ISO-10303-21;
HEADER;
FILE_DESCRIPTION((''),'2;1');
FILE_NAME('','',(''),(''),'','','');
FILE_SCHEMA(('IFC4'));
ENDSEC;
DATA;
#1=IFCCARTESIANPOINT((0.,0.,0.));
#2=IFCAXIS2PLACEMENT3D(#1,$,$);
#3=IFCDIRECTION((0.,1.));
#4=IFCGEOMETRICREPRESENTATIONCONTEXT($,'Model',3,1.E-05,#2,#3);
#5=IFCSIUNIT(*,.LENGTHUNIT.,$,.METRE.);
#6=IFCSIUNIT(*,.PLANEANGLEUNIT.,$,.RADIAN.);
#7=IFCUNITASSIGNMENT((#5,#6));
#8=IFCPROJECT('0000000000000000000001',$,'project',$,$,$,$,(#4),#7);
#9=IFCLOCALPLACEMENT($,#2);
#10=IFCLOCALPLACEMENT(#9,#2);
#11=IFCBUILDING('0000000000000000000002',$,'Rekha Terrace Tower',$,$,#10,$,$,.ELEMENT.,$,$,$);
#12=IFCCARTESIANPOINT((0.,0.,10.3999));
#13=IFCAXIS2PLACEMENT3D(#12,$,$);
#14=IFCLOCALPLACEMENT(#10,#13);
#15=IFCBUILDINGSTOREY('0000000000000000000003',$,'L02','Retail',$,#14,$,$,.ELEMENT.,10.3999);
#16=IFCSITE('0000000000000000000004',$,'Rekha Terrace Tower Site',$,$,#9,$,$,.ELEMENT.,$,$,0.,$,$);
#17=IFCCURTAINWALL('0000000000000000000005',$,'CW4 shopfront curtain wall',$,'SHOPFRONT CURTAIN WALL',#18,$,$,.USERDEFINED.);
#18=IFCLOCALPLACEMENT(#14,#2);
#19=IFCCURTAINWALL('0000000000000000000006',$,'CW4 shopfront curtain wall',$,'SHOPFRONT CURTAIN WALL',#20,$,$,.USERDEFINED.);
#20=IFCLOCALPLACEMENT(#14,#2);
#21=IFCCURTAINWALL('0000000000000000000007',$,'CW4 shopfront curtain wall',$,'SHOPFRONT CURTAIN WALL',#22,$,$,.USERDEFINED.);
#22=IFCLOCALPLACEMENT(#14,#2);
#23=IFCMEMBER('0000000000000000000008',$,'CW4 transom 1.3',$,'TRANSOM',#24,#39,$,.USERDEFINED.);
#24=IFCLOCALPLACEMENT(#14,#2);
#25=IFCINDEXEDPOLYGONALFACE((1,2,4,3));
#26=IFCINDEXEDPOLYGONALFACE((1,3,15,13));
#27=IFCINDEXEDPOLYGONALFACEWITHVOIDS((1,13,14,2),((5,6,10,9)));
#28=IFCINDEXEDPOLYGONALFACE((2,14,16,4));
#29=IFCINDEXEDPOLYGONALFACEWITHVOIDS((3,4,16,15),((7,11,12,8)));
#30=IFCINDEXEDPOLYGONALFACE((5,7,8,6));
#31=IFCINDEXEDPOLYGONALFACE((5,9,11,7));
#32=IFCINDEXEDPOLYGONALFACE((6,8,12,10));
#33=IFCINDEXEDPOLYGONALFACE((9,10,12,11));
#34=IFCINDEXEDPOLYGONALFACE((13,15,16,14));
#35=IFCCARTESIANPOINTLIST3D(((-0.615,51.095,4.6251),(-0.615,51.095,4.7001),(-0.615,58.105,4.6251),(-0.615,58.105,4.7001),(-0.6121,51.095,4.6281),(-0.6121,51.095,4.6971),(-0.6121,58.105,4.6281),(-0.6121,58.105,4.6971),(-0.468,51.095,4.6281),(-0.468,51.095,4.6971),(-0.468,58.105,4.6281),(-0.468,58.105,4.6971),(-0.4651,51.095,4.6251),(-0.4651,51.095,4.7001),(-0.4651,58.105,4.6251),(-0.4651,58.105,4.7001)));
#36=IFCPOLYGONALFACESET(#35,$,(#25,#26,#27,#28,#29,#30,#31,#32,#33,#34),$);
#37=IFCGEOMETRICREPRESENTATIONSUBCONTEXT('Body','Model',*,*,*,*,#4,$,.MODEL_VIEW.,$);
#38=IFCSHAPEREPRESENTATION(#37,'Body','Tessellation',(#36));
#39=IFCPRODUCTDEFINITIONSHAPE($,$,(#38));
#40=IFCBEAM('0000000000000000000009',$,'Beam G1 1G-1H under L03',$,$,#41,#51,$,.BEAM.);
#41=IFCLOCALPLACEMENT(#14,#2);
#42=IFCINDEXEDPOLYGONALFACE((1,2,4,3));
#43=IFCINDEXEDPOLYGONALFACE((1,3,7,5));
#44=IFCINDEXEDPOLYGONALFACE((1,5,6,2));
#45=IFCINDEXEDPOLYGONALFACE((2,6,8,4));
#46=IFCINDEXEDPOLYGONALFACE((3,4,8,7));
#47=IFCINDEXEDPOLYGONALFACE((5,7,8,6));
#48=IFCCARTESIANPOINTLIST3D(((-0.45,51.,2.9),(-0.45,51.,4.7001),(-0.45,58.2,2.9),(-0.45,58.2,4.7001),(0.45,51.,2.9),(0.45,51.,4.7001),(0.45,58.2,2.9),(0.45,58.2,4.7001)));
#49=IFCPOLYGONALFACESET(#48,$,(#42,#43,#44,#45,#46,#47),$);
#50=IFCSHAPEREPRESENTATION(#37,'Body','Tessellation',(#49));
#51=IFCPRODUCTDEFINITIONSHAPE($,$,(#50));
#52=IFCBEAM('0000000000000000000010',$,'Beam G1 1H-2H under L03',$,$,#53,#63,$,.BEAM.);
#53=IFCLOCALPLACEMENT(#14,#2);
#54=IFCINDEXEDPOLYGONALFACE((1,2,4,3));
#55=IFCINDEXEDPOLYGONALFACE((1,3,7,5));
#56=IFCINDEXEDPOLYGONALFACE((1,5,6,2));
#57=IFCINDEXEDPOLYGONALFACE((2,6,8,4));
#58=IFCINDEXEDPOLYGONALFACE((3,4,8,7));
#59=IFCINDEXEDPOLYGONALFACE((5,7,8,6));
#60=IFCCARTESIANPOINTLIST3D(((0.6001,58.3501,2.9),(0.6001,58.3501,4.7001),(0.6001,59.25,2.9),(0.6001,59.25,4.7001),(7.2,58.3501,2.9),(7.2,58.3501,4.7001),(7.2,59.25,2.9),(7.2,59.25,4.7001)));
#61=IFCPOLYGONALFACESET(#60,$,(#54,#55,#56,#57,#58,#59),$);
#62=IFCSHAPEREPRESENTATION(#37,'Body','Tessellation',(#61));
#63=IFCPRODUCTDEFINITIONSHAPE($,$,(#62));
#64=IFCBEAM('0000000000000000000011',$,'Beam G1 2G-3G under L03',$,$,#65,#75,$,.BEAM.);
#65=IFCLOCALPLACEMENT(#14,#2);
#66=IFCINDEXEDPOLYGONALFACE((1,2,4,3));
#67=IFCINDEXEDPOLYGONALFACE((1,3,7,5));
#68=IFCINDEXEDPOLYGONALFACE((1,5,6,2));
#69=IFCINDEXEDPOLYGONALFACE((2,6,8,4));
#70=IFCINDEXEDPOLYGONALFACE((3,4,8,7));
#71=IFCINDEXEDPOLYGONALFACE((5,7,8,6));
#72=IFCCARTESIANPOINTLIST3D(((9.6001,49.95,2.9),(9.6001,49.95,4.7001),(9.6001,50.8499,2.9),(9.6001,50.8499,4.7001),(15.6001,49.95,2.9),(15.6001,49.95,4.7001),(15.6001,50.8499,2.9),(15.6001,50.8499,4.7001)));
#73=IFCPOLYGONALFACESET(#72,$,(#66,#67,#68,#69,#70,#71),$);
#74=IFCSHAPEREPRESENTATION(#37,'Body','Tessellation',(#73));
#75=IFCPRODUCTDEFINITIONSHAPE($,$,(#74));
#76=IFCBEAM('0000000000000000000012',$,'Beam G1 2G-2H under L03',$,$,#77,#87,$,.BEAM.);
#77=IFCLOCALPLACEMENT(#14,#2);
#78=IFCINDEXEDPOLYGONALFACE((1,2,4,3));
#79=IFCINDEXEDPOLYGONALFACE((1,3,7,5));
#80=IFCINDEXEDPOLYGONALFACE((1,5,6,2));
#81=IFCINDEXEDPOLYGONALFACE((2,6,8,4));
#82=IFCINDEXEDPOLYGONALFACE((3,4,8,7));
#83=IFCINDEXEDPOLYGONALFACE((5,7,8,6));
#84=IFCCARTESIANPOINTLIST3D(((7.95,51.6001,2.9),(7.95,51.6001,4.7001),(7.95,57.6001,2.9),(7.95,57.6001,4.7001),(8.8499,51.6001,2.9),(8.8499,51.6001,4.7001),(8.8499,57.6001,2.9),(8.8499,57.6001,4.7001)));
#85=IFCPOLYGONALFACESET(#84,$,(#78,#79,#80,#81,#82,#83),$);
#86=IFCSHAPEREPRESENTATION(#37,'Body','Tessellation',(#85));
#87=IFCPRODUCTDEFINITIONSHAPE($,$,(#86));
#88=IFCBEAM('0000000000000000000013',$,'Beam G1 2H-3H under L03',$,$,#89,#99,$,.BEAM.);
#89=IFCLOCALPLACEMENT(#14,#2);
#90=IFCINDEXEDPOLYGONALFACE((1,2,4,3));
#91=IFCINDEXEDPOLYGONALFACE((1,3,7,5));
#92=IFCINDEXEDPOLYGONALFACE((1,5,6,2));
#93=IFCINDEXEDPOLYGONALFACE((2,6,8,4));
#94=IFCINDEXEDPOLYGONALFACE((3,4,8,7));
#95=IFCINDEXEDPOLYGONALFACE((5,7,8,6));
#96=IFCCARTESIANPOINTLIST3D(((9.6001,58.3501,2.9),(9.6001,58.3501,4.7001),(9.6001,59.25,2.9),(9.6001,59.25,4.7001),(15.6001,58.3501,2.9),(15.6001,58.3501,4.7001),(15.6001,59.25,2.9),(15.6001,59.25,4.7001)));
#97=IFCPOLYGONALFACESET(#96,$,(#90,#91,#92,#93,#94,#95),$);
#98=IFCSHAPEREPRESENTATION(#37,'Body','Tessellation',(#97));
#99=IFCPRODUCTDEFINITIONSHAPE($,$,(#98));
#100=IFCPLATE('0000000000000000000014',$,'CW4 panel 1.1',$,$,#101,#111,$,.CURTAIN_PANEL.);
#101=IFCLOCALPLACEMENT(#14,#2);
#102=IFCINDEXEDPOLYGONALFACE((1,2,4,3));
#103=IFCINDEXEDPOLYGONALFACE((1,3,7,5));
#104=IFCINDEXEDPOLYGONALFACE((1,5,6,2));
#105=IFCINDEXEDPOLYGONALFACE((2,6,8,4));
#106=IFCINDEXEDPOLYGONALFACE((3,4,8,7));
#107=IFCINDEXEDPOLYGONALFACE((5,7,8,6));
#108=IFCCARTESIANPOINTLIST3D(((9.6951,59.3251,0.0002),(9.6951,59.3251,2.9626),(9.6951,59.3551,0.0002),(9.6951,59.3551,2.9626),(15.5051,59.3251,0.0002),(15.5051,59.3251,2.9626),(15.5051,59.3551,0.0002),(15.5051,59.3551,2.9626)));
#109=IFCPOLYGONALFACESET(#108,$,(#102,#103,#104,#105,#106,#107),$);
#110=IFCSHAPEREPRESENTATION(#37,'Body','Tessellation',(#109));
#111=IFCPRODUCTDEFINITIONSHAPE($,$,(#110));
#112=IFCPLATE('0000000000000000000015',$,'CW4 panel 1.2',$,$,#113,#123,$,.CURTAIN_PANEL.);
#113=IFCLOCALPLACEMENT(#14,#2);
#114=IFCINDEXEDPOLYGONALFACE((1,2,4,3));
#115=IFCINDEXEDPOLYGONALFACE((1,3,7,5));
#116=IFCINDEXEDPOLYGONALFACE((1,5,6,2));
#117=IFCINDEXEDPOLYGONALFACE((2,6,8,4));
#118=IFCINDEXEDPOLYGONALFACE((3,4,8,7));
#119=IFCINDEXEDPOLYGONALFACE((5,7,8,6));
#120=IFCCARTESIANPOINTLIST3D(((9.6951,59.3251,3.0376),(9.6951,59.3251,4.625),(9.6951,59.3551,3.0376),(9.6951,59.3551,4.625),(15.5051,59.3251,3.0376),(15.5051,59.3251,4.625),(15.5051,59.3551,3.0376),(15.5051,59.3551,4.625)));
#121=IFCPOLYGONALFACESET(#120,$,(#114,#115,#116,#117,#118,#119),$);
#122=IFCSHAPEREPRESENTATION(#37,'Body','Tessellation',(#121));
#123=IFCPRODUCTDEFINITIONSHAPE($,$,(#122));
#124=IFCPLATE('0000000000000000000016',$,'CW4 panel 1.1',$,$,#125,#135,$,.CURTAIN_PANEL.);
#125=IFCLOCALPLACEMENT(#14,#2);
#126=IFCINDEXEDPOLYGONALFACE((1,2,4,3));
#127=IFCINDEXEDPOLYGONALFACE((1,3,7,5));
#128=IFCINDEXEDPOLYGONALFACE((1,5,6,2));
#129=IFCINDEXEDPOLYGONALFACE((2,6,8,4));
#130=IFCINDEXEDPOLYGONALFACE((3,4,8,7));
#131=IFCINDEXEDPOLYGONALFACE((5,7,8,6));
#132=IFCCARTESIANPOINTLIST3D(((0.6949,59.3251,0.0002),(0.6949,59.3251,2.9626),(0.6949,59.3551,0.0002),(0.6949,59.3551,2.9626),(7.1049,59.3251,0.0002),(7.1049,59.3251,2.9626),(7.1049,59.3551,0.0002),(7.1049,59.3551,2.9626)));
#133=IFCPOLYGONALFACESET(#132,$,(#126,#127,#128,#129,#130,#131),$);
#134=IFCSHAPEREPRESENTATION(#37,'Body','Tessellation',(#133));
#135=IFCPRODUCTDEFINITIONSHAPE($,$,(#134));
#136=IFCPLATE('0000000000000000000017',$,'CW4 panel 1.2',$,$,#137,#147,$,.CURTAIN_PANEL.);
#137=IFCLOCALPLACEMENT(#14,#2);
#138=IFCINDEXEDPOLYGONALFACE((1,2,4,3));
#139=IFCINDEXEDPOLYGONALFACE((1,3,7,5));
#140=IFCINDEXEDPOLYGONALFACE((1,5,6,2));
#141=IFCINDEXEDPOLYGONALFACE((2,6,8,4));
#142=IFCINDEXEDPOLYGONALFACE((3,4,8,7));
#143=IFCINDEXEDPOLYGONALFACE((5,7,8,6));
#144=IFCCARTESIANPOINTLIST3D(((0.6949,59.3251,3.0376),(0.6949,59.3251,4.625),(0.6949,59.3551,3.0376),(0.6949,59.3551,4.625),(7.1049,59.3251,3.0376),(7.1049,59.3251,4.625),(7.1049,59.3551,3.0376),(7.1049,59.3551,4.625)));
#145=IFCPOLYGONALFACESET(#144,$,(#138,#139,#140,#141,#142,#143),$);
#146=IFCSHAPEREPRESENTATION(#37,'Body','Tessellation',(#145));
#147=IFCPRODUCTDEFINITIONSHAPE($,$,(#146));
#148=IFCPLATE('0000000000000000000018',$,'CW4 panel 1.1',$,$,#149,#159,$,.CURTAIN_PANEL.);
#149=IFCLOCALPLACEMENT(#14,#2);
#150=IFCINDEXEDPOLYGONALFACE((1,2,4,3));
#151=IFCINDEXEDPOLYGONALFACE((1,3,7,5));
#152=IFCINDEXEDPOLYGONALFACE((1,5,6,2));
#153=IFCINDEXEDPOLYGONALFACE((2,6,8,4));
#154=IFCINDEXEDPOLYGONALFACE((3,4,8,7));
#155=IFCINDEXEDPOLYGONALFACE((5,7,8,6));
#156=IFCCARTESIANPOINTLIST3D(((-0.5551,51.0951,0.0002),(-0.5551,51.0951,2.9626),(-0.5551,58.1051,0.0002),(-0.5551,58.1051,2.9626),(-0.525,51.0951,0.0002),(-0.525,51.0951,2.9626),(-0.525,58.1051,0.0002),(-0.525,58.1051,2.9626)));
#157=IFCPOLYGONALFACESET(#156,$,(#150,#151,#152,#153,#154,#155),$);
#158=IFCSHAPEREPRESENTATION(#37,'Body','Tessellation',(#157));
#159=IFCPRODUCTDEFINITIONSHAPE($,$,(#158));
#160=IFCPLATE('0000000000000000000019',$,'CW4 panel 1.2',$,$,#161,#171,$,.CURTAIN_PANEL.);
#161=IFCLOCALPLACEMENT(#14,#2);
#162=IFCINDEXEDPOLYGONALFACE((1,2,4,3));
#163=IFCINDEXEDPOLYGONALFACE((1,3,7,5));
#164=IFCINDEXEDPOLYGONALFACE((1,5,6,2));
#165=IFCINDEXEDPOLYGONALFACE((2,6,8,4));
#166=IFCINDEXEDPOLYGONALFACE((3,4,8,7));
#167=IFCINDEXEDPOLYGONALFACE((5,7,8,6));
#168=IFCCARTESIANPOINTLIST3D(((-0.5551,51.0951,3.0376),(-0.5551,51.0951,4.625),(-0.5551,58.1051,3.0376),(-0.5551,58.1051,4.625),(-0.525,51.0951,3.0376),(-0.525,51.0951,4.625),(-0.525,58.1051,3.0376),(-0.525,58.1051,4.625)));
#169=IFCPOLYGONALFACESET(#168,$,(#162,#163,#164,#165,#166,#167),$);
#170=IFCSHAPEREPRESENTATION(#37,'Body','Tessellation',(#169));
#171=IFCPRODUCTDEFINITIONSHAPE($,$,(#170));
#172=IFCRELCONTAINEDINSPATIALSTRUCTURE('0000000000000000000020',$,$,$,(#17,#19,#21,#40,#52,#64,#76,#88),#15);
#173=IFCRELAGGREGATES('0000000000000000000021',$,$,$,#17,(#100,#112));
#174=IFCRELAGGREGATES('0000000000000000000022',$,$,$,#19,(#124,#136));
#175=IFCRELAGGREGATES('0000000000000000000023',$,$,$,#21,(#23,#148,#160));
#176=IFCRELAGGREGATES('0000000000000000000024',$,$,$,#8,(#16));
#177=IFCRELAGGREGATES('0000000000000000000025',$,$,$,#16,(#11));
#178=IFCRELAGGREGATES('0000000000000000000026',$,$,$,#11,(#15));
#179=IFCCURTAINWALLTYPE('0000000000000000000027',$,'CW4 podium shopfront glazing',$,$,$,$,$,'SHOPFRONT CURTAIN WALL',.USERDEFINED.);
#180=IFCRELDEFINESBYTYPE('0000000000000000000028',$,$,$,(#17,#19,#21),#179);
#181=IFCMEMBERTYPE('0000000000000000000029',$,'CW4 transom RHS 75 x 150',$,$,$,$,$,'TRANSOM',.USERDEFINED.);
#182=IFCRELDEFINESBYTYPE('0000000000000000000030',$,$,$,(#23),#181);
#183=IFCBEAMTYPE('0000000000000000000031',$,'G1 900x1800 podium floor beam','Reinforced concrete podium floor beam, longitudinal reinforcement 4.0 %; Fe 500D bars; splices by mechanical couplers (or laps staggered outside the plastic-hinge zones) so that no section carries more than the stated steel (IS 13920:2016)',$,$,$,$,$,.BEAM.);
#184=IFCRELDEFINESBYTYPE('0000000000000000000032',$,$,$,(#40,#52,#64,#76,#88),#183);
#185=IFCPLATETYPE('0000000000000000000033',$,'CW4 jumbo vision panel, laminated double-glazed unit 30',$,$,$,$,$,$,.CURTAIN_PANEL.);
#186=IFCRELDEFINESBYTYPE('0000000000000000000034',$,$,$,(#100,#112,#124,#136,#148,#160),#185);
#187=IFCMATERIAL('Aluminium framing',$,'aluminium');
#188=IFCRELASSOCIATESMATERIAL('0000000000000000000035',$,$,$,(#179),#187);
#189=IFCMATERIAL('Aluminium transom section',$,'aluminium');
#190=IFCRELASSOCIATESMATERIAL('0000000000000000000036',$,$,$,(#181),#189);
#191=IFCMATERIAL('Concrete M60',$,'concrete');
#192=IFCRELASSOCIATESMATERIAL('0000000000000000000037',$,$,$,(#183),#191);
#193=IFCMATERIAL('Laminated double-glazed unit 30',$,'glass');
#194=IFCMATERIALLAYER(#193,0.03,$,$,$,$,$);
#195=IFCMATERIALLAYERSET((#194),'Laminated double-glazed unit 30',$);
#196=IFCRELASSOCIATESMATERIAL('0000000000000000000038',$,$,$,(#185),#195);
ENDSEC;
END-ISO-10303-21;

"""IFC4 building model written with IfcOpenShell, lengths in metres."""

from ifc_helpers import new_model, si_unit, direction, frame, origin, origin_2d, place, context, subcontext, project, spatial, rectangle, hollow_rectangle, extrude, material, layer, layer_set, material_profile, profile_set, type_object, element, aggregate, save


model = new_model("IFC4")

# Units and contexts
model_context = context("Model", 3, precision=1e-05, world=origin(), true_north=direction((0.0, 1.0)))
body_context = subcontext(model_context, "Body", "Model", "MODEL_VIEW")
ifc_project = project(units=[si_unit("LENGTHUNIT", "METRE"), si_unit("PLANEANGLEUNIT", "RADIAN")], contexts=[model_context])

# Site, building, storey
site_placement = place(None, origin())
site = spatial("IfcSite", under=ifc_project, at=site_placement, Name="Rekha Terrace Tower Site", CompositionType="ELEMENT", RefElevation=0.0)
building_placement = place(site_placement, origin())
building = spatial("IfcBuilding", under=site, at=building_placement, Name="Rekha Terrace Tower", CompositionType="ELEMENT")
storey_placement = place(building_placement, frame((0.0, 0.0, 10.3999)))
storey = spatial("IfcBuildingStorey", under=building, at=storey_placement, Name="L02", Description="Retail", CompositionType="ELEMENT", Elevation=10.3999)

# Shared definitions
ifc_material_1 = material(Name="Concrete M60", Category="concrete")

# Curtain wall
ifc_material_2 = material(Name="Aluminium framing", Category="aluminium")
curtain_wall_type = type_object("IfcCurtainWallType", Name="CW4 podium shopfront glazing", ElementType="SHOPFRONT CURTAIN WALL", PredefinedType="USERDEFINED", material=ifc_material_2)
curtain_wall_1_placement = place(storey_placement, origin())
curtain_wall_1 = element("IfcCurtainWall", 1, at=curtain_wall_1_placement, inside=storey, type_object=curtain_wall_type, Name="CW4 shopfront curtain wall", ObjectType="SHOPFRONT CURTAIN WALL", PredefinedType="USERDEFINED")

# Curtain walls
curtain_wall_2_placement = place(storey_placement, origin())
curtain_wall_2 = element("IfcCurtainWall", 2, at=curtain_wall_2_placement, inside=storey, type_object=curtain_wall_type, Name="CW4 shopfront curtain wall", ObjectType="SHOPFRONT CURTAIN WALL", PredefinedType="USERDEFINED")
curtain_wall_3_placement = place(storey_placement, origin())
curtain_wall_3 = element("IfcCurtainWall", 3, at=curtain_wall_3_placement, inside=storey, type_object=curtain_wall_type, Name="CW4 shopfront curtain wall", ObjectType="SHOPFRONT CURTAIN WALL", PredefinedType="USERDEFINED")

# Member
ifc_material_3 = material(Name="Aluminium transom section", Category="aluminium")
ifc_material_profile_1 = material_profile(ifc_material_3, hollow_rectangle(XDim=0.1499, YDim=0.075, WallThickness=0.0029, at=origin_2d()), Name="AL RHS 150x75")
ifc_profile_set_1 = profile_set([ifc_material_profile_1], Name="Aluminium transom section")
member_type_1 = type_object("IfcMemberType", Name="CW4 transom RHS 75 x 150", ElementType="TRANSOM", PredefinedType="USERDEFINED", material=ifc_profile_set_1)
member_1_placement = place(storey_placement, frame((-0.54, 58.105, 4.6626), z_axis=(0.0, -1.0, 0.0), x_axis=(1.0, 0.0, 0.0)))
member_1 = element("IfcMember", 4, at=member_1_placement, type_object=member_type_1, Name="CW4 transom 1.3", ObjectType="TRANSOM", PredefinedType="USERDEFINED", context=body_context, shape_type="SweptSolid", body=[
    extrude(hollow_rectangle(XDim=0.1499, YDim=0.075, WallThickness=0.0029, at=origin_2d()), origin(), (0.0, 0.0, 1.0), 7.01),
])

# Beams
ifc_material_profile_2 = material_profile(ifc_material_1, rectangle(XDim=0.8999, YDim=1.8, at=origin_2d()), Name="RC 900x1800")
ifc_profile_set_2 = profile_set([ifc_material_profile_2], Name="Concrete M60")
beam_type = type_object("IfcBeamType", Name="G1 900x1800 podium floor beam", Description="Reinforced concrete podium floor beam, longitudinal reinforcement 4.0 %; Fe 500D bars; splices by mechanical couplers (or laps staggered outside the plastic-hinge zones) so that no section carries more than the stated steel (IS 13920:2016)", PredefinedType="BEAM", material=ifc_profile_set_2)
beam_1_placement = place(storey_placement, frame((0.0, 51.0, 3.8), z_axis=(0.0, 1.0, 0.0), x_axis=(-1.0, 0.0, 0.0)))
element("IfcBeam", 5, at=beam_1_placement, inside=storey, type_object=beam_type, Name="Beam G1 1G-1H under L03", PredefinedType="BEAM", context=body_context, shape_type="SweptSolid", body=[
    extrude(rectangle(XDim=0.8999, YDim=1.8, at=origin_2d()), origin(), (0.0, 0.0, 1.0), 7.2),
])
beam_2_placement = place(storey_placement, frame((0.6001, 58.8, 3.8), z_axis=(1.0, 0.0, 0.0), x_axis=(0.0, 1.0, 0.0)))
element("IfcBeam", 6, at=beam_2_placement, inside=storey, type_object=beam_type, Name="Beam G1 1H-2H under L03", PredefinedType="BEAM", context=body_context, shape_type="SweptSolid", body=[
    extrude(rectangle(XDim=0.8999, YDim=1.8, at=origin_2d()), origin(), (0.0, 0.0, 1.0), 6.5999),
])
for number, where, z_axis, x_axis, name in (
    (7, (9.6001, 50.3999, 3.8), (1.0, 0.0, 0.0), (0.0, 1.0, 0.0), "Beam G1 2G-3G under L03"),
    (8, (8.3999, 51.6001, 3.8), (0.0, 1.0, 0.0), (-1.0, 0.0, 0.0), "Beam G1 2G-2H under L03"),
    (9, (9.6001, 58.8, 3.8), (1.0, 0.0, 0.0), (0.0, 1.0, 0.0), "Beam G1 2H-3H under L03"),
):
    element("IfcBeam", number, at=place(storey_placement, frame(where, z_axis=z_axis, x_axis=x_axis)), inside=storey, type_object=beam_type, Name=name, PredefinedType="BEAM", context=body_context, shape_type="SweptSolid", body=[
        extrude(rectangle(XDim=0.8999, YDim=1.8, at=origin_2d()), origin(), (0.0, 0.0, 1.0), 6.0),
    ])

# Plates
ifc_material_4 = material(Name="Laminated double-glazed unit 30", Category="glass")
ifc_layer = layer(ifc_material_4, 0.03)
ifc_layer_set = layer_set([ifc_layer], Name="Laminated double-glazed unit 30")
plate_type = type_object("IfcPlateType", Name="CW4 jumbo vision panel, laminated double-glazed unit 30", PredefinedType="CURTAIN_PANEL", material=ifc_layer_set)
plate_1_placement = place(storey_placement, frame((12.6001, 59.3401, 0.0002), z_axis=(0.0, 0.0, 1.0), x_axis=(-1.0, 0.0, 0.0)))
plate_1 = element("IfcPlate", 10, at=plate_1_placement, type_object=plate_type, Name="CW4 panel 1.1", PredefinedType="CURTAIN_PANEL", context=body_context, shape_type="SweptSolid", body=[
    extrude(rectangle(XDim=5.8101, YDim=0.03, at=origin_2d()), origin(), (0.0, 0.0, 1.0), 2.9624),
])
plate_2_placement = place(storey_placement, frame((12.6001, 59.3401, 3.0376), z_axis=(0.0, 0.0, 1.0), x_axis=(-1.0, 0.0, 0.0)))
plate_2 = element("IfcPlate", 11, at=plate_2_placement, type_object=plate_type, Name="CW4 panel 1.2", PredefinedType="CURTAIN_PANEL", context=body_context, shape_type="SweptSolid", body=[
    extrude(rectangle(XDim=5.8101, YDim=0.03, at=origin_2d()), origin(), (0.0, 0.0, 1.0), 1.5874),
])
aggregate(curtain_wall_1, [plate_1, plate_2])
plate_3_placement = place(storey_placement, frame((3.8999, 59.3401, 0.0002), z_axis=(0.0, 0.0, 1.0), x_axis=(-1.0, 0.0, 0.0)))
plate_3 = element("IfcPlate", 12, at=plate_3_placement, type_object=plate_type, Name="CW4 panel 1.1", PredefinedType="CURTAIN_PANEL", context=body_context, shape_type="SweptSolid", body=[
    extrude(rectangle(XDim=6.4099, YDim=0.03, at=origin_2d()), origin(), (0.0, 0.0, 1.0), 2.9624),
])
plate_4_placement = place(storey_placement, frame((3.8999, 59.3401, 3.0376), z_axis=(0.0, 0.0, 1.0), x_axis=(-1.0, 0.0, 0.0)))
plate_4 = element("IfcPlate", 13, at=plate_4_placement, type_object=plate_type, Name="CW4 panel 1.2", PredefinedType="CURTAIN_PANEL", context=body_context, shape_type="SweptSolid", body=[
    extrude(rectangle(XDim=6.4099, YDim=0.03, at=origin_2d()), origin(), (0.0, 0.0, 1.0), 1.5874),
])
aggregate(curtain_wall_2, [plate_3, plate_4])
plate_5_placement = place(storey_placement, frame((-0.54, 54.6001, 0.0002), z_axis=(0.0, 0.0, 1.0), x_axis=(0.0, -1.0, 0.0)))
plate_5 = element("IfcPlate", 14, at=plate_5_placement, type_object=plate_type, Name="CW4 panel 1.1", PredefinedType="CURTAIN_PANEL", context=body_context, shape_type="SweptSolid", body=[
    extrude(rectangle(XDim=7.01, YDim=0.03, at=origin_2d()), origin(), (0.0, 0.0, 1.0), 2.9624),
])
plate_6_placement = place(storey_placement, frame((-0.54, 54.6001, 3.0376), z_axis=(0.0, 0.0, 1.0), x_axis=(0.0, -1.0, 0.0)))
plate_6 = element("IfcPlate", 15, at=plate_6_placement, type_object=plate_type, Name="CW4 panel 1.2", PredefinedType="CURTAIN_PANEL", context=body_context, shape_type="SweptSolid", body=[
    extrude(rectangle(XDim=7.01, YDim=0.03, at=origin_2d()), origin(), (0.0, 0.0, 1.0), 1.5874),
])
aggregate(curtain_wall_3, [member_1, plate_5, plate_6])

save(model, "model.ifc")
